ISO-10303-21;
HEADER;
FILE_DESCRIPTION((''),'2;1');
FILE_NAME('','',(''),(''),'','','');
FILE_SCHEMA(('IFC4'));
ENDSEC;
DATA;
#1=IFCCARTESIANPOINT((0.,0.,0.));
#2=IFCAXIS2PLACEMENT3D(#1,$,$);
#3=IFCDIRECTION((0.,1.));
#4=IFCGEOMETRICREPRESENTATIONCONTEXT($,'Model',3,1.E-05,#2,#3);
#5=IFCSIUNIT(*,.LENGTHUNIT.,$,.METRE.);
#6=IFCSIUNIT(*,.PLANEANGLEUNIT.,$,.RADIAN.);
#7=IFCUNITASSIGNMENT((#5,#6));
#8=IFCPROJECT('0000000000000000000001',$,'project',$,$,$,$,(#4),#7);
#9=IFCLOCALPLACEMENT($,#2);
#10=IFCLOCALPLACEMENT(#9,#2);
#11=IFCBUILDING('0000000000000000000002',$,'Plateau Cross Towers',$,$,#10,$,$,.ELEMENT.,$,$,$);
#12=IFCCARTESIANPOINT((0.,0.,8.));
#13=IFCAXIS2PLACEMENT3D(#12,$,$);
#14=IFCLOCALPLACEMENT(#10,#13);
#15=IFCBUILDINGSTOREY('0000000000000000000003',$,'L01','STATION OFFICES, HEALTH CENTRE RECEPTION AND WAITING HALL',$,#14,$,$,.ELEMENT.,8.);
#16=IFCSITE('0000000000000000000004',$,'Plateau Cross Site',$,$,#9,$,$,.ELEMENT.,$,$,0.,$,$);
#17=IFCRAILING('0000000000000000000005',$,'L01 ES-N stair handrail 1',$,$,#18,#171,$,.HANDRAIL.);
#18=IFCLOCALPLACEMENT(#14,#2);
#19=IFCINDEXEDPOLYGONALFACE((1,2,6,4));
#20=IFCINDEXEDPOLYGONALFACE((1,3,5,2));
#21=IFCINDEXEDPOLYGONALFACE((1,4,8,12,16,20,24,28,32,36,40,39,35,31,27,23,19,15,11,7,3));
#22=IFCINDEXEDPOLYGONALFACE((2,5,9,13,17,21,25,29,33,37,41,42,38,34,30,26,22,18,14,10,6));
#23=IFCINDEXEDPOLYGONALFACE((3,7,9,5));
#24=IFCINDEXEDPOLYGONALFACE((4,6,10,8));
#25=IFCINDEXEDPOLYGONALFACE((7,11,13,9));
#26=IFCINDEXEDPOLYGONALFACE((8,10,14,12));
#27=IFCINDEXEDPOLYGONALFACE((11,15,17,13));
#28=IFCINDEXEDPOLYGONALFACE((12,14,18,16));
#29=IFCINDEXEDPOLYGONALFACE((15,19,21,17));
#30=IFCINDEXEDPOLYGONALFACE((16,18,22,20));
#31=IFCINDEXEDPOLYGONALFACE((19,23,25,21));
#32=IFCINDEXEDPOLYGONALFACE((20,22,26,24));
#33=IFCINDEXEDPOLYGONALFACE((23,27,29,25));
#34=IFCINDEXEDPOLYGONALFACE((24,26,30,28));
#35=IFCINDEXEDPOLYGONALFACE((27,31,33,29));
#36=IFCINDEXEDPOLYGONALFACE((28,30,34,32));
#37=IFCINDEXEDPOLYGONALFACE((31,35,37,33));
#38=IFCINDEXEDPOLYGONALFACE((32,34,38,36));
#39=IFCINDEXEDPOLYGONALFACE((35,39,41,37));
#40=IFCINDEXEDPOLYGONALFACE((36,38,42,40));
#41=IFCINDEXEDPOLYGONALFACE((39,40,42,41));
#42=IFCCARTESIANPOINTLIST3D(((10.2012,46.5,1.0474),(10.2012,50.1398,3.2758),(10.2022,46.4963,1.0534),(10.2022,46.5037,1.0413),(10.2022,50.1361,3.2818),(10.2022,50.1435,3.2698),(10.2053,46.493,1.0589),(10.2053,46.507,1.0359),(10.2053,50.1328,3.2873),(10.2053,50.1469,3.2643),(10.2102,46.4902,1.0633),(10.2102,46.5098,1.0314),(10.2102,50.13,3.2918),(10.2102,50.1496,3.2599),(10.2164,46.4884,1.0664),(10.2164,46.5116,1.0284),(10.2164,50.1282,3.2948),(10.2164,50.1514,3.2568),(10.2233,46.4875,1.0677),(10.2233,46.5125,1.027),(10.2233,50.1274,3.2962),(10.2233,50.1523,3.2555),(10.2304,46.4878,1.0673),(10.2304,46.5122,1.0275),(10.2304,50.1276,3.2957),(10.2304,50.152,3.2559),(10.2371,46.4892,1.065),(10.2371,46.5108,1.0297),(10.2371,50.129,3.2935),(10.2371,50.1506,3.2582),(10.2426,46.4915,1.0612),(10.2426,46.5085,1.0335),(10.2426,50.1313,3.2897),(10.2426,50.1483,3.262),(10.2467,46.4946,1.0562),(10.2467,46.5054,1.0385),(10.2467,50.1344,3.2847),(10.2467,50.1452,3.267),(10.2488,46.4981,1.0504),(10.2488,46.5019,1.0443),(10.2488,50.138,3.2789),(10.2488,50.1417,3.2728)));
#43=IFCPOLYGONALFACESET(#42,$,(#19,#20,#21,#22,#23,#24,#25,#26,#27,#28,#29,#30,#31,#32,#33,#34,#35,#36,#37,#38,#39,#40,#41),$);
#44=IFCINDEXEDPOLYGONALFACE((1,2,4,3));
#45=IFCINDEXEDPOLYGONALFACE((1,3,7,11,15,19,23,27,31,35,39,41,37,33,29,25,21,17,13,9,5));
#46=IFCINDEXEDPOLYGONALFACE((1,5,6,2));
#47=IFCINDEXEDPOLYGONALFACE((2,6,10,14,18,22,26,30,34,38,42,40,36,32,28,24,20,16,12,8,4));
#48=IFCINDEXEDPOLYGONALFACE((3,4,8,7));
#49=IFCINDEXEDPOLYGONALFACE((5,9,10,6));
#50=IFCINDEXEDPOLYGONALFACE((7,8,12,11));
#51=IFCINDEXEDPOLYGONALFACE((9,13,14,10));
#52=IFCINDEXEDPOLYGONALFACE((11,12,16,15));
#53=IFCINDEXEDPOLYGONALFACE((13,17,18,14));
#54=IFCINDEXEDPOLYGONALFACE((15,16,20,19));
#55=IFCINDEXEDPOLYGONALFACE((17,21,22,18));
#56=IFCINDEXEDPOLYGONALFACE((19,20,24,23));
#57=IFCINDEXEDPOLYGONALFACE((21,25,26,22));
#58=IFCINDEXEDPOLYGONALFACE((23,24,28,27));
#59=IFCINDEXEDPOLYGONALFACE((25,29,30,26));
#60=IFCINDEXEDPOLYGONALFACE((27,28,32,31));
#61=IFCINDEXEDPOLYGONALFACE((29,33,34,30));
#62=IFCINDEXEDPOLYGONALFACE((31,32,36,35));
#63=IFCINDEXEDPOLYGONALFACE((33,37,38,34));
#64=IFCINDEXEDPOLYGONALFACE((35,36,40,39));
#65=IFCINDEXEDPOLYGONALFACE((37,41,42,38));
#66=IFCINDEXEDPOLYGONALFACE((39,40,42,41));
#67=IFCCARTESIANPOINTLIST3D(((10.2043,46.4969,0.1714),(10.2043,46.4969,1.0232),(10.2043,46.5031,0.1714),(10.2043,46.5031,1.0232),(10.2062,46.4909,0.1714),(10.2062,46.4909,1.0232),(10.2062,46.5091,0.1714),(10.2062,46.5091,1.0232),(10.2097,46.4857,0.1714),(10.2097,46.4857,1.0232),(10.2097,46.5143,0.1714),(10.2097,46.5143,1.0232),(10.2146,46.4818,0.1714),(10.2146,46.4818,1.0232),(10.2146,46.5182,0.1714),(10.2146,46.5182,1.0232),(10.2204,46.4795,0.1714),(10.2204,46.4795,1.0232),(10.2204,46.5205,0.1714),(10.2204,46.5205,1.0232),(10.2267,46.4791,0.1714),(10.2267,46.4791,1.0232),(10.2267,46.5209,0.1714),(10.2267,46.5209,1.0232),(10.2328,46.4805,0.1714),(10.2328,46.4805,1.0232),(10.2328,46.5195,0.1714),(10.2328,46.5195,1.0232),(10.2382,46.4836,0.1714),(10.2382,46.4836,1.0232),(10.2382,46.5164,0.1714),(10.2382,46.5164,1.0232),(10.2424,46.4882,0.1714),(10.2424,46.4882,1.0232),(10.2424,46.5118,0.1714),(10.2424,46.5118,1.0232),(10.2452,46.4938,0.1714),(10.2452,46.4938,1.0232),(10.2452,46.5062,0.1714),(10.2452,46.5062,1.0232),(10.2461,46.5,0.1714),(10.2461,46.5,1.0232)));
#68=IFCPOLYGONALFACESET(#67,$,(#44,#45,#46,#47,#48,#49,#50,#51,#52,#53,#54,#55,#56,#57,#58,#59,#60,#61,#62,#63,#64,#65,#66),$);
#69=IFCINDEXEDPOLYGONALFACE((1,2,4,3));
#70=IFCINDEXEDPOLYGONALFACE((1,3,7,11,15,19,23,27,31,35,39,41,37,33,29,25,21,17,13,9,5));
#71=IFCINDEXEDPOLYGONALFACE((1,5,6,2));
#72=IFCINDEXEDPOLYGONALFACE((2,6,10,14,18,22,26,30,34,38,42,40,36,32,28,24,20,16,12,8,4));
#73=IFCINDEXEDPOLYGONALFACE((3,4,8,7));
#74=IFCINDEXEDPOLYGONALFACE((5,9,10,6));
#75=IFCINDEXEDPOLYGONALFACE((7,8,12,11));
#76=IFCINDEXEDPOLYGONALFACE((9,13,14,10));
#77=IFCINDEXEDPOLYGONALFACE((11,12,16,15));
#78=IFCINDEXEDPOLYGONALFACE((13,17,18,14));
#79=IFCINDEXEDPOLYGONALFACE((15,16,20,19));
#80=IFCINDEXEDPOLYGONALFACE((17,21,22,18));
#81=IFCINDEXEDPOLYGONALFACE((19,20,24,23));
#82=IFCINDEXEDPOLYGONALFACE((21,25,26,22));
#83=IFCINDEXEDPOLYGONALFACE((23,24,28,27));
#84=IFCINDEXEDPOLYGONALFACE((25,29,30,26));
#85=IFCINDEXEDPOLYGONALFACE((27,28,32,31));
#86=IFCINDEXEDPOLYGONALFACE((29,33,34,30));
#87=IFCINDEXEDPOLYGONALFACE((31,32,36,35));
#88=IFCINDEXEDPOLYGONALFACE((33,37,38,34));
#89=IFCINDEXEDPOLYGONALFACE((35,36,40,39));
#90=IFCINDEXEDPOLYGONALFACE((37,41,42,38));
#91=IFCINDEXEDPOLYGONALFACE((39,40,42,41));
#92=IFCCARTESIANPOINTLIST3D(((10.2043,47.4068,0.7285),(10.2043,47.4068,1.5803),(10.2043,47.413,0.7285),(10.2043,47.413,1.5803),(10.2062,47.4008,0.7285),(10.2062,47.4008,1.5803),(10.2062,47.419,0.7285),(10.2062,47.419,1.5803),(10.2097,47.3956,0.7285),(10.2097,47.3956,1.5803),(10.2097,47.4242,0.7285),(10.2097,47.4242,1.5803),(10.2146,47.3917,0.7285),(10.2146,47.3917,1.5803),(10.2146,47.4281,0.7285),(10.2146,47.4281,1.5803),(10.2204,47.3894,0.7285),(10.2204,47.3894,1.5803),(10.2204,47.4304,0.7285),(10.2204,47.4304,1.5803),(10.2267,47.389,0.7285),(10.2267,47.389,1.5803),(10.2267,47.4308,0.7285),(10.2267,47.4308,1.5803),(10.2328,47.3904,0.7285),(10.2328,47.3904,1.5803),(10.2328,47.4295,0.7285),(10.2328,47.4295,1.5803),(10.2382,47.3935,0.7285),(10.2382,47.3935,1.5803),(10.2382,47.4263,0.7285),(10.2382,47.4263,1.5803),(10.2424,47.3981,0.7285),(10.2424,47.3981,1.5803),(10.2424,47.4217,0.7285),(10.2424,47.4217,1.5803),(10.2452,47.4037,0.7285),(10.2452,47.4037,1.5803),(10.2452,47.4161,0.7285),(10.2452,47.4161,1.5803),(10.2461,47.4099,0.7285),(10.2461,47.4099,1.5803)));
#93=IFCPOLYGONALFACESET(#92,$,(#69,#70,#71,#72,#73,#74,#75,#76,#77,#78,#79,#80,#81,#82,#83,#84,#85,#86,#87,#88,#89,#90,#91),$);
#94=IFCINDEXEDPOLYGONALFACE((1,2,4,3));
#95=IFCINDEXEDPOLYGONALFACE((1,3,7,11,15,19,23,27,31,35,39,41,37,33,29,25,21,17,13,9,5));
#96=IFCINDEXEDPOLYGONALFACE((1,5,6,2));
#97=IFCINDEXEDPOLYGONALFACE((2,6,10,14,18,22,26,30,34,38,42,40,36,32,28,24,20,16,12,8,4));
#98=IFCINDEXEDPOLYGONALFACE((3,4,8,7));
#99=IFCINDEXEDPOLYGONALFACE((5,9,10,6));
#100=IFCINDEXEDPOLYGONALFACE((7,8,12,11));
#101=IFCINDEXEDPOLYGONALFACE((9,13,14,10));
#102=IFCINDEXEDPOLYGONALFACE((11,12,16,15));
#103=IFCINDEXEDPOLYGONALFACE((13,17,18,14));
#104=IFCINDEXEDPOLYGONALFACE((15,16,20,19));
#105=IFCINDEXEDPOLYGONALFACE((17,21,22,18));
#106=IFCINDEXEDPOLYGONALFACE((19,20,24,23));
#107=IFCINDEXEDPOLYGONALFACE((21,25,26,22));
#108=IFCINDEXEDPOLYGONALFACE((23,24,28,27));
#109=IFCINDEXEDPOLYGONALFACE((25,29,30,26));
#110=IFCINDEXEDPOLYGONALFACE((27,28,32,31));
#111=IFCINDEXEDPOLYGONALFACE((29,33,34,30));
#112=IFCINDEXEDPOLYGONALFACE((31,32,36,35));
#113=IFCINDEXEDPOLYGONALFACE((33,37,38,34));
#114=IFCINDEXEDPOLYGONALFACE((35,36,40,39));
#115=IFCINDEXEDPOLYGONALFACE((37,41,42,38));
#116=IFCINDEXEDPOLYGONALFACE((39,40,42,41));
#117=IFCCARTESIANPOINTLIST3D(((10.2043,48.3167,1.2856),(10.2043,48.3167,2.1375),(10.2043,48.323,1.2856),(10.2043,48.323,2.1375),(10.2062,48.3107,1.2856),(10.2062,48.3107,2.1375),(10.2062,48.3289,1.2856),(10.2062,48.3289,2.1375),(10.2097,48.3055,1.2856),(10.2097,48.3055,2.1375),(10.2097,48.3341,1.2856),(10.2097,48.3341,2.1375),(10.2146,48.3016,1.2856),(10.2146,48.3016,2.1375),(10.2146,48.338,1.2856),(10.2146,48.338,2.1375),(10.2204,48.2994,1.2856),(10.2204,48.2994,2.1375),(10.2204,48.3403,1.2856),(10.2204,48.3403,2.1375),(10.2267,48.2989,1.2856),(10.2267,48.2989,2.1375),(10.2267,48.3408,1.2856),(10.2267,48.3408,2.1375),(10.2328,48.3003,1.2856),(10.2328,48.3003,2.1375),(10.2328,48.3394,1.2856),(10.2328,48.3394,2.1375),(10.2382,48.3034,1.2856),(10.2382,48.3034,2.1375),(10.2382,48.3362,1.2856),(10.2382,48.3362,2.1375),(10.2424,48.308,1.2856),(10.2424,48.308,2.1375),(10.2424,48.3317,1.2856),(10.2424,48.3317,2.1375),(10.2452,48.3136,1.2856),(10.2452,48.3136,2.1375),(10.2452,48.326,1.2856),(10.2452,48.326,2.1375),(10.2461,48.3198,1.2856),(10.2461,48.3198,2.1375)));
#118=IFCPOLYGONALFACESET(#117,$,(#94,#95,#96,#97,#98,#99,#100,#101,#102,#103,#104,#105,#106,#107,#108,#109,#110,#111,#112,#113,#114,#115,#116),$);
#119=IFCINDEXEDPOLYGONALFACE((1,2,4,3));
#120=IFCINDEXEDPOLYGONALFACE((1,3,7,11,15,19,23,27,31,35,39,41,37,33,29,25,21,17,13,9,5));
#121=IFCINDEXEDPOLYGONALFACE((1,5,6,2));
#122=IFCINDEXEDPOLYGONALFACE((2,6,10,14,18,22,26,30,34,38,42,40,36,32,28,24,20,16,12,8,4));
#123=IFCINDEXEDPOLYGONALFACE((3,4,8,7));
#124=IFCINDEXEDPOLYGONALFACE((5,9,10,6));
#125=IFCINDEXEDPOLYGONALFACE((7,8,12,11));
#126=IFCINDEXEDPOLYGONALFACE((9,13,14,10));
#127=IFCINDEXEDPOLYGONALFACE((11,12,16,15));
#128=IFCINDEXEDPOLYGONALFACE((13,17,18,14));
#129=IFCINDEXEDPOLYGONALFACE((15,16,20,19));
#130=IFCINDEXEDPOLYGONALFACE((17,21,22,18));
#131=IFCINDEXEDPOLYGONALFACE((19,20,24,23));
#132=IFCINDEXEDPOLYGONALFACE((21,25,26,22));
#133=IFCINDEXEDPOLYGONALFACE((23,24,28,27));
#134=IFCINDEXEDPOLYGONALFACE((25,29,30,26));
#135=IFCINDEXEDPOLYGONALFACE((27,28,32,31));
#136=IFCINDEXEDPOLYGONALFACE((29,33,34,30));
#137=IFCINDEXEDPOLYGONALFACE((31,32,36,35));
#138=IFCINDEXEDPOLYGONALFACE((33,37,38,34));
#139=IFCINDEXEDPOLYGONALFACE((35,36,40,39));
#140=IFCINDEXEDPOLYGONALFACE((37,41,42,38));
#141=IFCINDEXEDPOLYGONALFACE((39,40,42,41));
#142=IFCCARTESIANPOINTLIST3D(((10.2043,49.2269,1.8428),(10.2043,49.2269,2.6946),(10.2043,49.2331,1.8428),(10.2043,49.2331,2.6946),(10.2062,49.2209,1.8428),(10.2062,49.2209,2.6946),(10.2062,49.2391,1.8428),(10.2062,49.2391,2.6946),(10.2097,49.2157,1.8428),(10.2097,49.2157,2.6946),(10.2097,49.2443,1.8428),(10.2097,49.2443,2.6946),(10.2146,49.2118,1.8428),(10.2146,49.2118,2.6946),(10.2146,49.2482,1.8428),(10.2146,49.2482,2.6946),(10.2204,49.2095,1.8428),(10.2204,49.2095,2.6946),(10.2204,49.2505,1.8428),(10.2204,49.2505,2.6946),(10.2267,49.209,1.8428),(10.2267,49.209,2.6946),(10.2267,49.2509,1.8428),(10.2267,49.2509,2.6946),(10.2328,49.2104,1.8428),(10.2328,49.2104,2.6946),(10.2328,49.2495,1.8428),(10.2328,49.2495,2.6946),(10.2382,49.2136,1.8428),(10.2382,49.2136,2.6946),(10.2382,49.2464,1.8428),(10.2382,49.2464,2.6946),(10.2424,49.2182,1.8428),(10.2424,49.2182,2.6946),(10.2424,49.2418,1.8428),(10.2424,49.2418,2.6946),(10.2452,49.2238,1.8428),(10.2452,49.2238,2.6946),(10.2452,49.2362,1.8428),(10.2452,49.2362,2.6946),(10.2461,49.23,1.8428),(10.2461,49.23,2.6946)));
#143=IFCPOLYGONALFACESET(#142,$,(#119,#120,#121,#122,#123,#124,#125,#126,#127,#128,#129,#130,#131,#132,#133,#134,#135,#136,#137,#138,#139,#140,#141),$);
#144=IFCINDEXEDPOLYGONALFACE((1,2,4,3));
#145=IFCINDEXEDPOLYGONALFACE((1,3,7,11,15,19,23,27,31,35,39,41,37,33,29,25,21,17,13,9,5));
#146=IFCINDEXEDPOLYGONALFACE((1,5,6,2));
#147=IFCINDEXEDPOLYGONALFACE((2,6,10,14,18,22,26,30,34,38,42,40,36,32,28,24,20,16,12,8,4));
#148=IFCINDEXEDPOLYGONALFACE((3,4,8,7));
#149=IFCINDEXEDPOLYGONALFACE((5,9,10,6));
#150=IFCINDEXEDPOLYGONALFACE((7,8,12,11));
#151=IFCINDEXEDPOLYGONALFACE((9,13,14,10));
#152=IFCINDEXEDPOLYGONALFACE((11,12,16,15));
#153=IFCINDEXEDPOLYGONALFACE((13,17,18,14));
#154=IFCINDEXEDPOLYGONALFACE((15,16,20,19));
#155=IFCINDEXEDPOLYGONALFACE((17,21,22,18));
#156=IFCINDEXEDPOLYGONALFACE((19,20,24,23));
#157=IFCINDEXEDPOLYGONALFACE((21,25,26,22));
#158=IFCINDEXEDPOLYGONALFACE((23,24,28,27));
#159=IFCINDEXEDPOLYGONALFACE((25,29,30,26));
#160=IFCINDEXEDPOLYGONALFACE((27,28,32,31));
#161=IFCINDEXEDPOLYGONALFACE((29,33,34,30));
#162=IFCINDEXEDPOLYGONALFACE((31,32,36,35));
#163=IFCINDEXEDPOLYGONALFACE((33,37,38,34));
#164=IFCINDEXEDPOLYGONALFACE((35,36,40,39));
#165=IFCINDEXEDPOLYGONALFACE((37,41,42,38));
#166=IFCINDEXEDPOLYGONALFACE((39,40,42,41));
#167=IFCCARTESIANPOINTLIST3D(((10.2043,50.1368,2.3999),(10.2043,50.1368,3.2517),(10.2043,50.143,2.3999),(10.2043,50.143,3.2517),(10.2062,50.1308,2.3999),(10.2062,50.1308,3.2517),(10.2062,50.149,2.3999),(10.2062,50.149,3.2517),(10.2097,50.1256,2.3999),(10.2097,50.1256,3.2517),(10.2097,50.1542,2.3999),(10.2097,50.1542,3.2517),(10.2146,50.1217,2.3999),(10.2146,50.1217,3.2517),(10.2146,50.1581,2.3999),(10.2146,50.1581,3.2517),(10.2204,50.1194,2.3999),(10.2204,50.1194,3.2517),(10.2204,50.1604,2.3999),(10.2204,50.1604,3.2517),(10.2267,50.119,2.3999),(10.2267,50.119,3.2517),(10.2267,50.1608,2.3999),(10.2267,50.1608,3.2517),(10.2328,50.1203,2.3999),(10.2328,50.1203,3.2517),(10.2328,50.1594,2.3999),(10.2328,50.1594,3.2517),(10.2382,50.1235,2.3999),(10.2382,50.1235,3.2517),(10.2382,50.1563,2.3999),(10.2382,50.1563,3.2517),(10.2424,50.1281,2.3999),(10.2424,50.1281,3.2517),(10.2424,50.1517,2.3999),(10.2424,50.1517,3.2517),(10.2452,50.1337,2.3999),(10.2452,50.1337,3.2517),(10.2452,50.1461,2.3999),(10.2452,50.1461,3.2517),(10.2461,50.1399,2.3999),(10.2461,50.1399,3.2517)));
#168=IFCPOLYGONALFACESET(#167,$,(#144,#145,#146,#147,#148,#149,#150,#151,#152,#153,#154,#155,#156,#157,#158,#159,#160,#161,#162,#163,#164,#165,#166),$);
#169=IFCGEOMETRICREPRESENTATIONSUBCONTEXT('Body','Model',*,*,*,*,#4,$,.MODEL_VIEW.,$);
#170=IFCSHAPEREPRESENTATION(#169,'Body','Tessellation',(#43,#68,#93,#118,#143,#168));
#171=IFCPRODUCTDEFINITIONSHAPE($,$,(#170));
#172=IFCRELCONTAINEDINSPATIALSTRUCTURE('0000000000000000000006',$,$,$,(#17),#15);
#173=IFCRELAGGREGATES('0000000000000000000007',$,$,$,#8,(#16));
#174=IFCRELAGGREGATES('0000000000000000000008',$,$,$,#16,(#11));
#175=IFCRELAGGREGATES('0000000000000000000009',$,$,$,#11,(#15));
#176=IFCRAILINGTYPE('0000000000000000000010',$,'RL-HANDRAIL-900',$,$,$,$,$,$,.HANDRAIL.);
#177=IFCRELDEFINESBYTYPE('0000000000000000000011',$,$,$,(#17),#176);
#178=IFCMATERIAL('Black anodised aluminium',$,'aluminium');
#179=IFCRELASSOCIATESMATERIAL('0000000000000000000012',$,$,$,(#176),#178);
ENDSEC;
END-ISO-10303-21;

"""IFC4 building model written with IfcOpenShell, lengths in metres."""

from ifc_helpers import new_model, si_unit, direction, frame, origin, origin_2d, place, context, subcontext, project, spatial, circle, extrude, material, type_object, element, save


model = new_model("IFC4")

# Units and contexts
model_context = context("Model", 3, precision=1e-05, world=origin(), true_north=direction((0.0, 1.0)))
body_context = subcontext(model_context, "Body", "Model", "MODEL_VIEW")
ifc_project = project(units=[si_unit("LENGTHUNIT", "METRE"), si_unit("PLANEANGLEUNIT", "RADIAN")], contexts=[model_context])

# Site, building, storey
site_placement = place(None, origin())
site = spatial("IfcSite", under=ifc_project, at=site_placement, Name="Plateau Cross Site", CompositionType="ELEMENT", RefElevation=0.0)
building_placement = place(site_placement, origin())
building = spatial("IfcBuilding", under=site, at=building_placement, Name="Plateau Cross Towers", CompositionType="ELEMENT")
storey_placement = place(building_placement, frame((0.0, 0.0, 8.0)))
storey = spatial("IfcBuildingStorey", under=building, at=storey_placement, Name="L01", Description="STATION OFFICES, HEALTH CENTRE RECEPTION AND WAITING HALL", CompositionType="ELEMENT", Elevation=8.0)

# Shared definitions
ifc_material_1 = material(Name="Black anodised aluminium", Category="aluminium")

# Railing
railing_type_1 = type_object("IfcRailingType", Name="RL-HANDRAIL-900", PredefinedType="HANDRAIL", material=ifc_material_1)
railing_1_placement = place(storey_placement, frame((10.2251, 46.5, 0.1714)))
element("IfcRailing", 1, at=railing_1_placement, inside=storey, type_object=railing_type_1, Name="L01 ES-N stair handrail 1", PredefinedType="HANDRAIL", context=body_context, shape_type="SweptSolid", body=[
    extrude(circle(Radius=0.0239, at=origin_2d()), frame((0.0, 0.0, 0.876), z_axis=(0.0, 0.85285, 0.522156), x_axis=(-1.0, 0.0, 0.0)), (0.0, 0.0, 1.0), 4.2678),
    extrude(circle(Radius=0.021, at=origin_2d()), origin(), (0.0, 0.0, 1.0), 0.8518),
    extrude(circle(Radius=0.021, at=origin_2d()), frame((0.0, 0.9099, 0.5571)), (0.0, 0.0, 1.0), 0.8518),
    extrude(circle(Radius=0.021, at=origin_2d()), frame((0.0, 1.8198, 1.1143)), (0.0, 0.0, 1.0), 0.8518),
    extrude(circle(Radius=0.021, at=origin_2d()), frame((0.0, 2.73, 1.6714)), (0.0, 0.0, 1.0), 0.8518),
    extrude(circle(Radius=0.021, at=origin_2d()), frame((0.0, 3.6399, 2.2285)), (0.0, 0.0, 1.0), 0.8518),
])

save(model, "model.ifc")
